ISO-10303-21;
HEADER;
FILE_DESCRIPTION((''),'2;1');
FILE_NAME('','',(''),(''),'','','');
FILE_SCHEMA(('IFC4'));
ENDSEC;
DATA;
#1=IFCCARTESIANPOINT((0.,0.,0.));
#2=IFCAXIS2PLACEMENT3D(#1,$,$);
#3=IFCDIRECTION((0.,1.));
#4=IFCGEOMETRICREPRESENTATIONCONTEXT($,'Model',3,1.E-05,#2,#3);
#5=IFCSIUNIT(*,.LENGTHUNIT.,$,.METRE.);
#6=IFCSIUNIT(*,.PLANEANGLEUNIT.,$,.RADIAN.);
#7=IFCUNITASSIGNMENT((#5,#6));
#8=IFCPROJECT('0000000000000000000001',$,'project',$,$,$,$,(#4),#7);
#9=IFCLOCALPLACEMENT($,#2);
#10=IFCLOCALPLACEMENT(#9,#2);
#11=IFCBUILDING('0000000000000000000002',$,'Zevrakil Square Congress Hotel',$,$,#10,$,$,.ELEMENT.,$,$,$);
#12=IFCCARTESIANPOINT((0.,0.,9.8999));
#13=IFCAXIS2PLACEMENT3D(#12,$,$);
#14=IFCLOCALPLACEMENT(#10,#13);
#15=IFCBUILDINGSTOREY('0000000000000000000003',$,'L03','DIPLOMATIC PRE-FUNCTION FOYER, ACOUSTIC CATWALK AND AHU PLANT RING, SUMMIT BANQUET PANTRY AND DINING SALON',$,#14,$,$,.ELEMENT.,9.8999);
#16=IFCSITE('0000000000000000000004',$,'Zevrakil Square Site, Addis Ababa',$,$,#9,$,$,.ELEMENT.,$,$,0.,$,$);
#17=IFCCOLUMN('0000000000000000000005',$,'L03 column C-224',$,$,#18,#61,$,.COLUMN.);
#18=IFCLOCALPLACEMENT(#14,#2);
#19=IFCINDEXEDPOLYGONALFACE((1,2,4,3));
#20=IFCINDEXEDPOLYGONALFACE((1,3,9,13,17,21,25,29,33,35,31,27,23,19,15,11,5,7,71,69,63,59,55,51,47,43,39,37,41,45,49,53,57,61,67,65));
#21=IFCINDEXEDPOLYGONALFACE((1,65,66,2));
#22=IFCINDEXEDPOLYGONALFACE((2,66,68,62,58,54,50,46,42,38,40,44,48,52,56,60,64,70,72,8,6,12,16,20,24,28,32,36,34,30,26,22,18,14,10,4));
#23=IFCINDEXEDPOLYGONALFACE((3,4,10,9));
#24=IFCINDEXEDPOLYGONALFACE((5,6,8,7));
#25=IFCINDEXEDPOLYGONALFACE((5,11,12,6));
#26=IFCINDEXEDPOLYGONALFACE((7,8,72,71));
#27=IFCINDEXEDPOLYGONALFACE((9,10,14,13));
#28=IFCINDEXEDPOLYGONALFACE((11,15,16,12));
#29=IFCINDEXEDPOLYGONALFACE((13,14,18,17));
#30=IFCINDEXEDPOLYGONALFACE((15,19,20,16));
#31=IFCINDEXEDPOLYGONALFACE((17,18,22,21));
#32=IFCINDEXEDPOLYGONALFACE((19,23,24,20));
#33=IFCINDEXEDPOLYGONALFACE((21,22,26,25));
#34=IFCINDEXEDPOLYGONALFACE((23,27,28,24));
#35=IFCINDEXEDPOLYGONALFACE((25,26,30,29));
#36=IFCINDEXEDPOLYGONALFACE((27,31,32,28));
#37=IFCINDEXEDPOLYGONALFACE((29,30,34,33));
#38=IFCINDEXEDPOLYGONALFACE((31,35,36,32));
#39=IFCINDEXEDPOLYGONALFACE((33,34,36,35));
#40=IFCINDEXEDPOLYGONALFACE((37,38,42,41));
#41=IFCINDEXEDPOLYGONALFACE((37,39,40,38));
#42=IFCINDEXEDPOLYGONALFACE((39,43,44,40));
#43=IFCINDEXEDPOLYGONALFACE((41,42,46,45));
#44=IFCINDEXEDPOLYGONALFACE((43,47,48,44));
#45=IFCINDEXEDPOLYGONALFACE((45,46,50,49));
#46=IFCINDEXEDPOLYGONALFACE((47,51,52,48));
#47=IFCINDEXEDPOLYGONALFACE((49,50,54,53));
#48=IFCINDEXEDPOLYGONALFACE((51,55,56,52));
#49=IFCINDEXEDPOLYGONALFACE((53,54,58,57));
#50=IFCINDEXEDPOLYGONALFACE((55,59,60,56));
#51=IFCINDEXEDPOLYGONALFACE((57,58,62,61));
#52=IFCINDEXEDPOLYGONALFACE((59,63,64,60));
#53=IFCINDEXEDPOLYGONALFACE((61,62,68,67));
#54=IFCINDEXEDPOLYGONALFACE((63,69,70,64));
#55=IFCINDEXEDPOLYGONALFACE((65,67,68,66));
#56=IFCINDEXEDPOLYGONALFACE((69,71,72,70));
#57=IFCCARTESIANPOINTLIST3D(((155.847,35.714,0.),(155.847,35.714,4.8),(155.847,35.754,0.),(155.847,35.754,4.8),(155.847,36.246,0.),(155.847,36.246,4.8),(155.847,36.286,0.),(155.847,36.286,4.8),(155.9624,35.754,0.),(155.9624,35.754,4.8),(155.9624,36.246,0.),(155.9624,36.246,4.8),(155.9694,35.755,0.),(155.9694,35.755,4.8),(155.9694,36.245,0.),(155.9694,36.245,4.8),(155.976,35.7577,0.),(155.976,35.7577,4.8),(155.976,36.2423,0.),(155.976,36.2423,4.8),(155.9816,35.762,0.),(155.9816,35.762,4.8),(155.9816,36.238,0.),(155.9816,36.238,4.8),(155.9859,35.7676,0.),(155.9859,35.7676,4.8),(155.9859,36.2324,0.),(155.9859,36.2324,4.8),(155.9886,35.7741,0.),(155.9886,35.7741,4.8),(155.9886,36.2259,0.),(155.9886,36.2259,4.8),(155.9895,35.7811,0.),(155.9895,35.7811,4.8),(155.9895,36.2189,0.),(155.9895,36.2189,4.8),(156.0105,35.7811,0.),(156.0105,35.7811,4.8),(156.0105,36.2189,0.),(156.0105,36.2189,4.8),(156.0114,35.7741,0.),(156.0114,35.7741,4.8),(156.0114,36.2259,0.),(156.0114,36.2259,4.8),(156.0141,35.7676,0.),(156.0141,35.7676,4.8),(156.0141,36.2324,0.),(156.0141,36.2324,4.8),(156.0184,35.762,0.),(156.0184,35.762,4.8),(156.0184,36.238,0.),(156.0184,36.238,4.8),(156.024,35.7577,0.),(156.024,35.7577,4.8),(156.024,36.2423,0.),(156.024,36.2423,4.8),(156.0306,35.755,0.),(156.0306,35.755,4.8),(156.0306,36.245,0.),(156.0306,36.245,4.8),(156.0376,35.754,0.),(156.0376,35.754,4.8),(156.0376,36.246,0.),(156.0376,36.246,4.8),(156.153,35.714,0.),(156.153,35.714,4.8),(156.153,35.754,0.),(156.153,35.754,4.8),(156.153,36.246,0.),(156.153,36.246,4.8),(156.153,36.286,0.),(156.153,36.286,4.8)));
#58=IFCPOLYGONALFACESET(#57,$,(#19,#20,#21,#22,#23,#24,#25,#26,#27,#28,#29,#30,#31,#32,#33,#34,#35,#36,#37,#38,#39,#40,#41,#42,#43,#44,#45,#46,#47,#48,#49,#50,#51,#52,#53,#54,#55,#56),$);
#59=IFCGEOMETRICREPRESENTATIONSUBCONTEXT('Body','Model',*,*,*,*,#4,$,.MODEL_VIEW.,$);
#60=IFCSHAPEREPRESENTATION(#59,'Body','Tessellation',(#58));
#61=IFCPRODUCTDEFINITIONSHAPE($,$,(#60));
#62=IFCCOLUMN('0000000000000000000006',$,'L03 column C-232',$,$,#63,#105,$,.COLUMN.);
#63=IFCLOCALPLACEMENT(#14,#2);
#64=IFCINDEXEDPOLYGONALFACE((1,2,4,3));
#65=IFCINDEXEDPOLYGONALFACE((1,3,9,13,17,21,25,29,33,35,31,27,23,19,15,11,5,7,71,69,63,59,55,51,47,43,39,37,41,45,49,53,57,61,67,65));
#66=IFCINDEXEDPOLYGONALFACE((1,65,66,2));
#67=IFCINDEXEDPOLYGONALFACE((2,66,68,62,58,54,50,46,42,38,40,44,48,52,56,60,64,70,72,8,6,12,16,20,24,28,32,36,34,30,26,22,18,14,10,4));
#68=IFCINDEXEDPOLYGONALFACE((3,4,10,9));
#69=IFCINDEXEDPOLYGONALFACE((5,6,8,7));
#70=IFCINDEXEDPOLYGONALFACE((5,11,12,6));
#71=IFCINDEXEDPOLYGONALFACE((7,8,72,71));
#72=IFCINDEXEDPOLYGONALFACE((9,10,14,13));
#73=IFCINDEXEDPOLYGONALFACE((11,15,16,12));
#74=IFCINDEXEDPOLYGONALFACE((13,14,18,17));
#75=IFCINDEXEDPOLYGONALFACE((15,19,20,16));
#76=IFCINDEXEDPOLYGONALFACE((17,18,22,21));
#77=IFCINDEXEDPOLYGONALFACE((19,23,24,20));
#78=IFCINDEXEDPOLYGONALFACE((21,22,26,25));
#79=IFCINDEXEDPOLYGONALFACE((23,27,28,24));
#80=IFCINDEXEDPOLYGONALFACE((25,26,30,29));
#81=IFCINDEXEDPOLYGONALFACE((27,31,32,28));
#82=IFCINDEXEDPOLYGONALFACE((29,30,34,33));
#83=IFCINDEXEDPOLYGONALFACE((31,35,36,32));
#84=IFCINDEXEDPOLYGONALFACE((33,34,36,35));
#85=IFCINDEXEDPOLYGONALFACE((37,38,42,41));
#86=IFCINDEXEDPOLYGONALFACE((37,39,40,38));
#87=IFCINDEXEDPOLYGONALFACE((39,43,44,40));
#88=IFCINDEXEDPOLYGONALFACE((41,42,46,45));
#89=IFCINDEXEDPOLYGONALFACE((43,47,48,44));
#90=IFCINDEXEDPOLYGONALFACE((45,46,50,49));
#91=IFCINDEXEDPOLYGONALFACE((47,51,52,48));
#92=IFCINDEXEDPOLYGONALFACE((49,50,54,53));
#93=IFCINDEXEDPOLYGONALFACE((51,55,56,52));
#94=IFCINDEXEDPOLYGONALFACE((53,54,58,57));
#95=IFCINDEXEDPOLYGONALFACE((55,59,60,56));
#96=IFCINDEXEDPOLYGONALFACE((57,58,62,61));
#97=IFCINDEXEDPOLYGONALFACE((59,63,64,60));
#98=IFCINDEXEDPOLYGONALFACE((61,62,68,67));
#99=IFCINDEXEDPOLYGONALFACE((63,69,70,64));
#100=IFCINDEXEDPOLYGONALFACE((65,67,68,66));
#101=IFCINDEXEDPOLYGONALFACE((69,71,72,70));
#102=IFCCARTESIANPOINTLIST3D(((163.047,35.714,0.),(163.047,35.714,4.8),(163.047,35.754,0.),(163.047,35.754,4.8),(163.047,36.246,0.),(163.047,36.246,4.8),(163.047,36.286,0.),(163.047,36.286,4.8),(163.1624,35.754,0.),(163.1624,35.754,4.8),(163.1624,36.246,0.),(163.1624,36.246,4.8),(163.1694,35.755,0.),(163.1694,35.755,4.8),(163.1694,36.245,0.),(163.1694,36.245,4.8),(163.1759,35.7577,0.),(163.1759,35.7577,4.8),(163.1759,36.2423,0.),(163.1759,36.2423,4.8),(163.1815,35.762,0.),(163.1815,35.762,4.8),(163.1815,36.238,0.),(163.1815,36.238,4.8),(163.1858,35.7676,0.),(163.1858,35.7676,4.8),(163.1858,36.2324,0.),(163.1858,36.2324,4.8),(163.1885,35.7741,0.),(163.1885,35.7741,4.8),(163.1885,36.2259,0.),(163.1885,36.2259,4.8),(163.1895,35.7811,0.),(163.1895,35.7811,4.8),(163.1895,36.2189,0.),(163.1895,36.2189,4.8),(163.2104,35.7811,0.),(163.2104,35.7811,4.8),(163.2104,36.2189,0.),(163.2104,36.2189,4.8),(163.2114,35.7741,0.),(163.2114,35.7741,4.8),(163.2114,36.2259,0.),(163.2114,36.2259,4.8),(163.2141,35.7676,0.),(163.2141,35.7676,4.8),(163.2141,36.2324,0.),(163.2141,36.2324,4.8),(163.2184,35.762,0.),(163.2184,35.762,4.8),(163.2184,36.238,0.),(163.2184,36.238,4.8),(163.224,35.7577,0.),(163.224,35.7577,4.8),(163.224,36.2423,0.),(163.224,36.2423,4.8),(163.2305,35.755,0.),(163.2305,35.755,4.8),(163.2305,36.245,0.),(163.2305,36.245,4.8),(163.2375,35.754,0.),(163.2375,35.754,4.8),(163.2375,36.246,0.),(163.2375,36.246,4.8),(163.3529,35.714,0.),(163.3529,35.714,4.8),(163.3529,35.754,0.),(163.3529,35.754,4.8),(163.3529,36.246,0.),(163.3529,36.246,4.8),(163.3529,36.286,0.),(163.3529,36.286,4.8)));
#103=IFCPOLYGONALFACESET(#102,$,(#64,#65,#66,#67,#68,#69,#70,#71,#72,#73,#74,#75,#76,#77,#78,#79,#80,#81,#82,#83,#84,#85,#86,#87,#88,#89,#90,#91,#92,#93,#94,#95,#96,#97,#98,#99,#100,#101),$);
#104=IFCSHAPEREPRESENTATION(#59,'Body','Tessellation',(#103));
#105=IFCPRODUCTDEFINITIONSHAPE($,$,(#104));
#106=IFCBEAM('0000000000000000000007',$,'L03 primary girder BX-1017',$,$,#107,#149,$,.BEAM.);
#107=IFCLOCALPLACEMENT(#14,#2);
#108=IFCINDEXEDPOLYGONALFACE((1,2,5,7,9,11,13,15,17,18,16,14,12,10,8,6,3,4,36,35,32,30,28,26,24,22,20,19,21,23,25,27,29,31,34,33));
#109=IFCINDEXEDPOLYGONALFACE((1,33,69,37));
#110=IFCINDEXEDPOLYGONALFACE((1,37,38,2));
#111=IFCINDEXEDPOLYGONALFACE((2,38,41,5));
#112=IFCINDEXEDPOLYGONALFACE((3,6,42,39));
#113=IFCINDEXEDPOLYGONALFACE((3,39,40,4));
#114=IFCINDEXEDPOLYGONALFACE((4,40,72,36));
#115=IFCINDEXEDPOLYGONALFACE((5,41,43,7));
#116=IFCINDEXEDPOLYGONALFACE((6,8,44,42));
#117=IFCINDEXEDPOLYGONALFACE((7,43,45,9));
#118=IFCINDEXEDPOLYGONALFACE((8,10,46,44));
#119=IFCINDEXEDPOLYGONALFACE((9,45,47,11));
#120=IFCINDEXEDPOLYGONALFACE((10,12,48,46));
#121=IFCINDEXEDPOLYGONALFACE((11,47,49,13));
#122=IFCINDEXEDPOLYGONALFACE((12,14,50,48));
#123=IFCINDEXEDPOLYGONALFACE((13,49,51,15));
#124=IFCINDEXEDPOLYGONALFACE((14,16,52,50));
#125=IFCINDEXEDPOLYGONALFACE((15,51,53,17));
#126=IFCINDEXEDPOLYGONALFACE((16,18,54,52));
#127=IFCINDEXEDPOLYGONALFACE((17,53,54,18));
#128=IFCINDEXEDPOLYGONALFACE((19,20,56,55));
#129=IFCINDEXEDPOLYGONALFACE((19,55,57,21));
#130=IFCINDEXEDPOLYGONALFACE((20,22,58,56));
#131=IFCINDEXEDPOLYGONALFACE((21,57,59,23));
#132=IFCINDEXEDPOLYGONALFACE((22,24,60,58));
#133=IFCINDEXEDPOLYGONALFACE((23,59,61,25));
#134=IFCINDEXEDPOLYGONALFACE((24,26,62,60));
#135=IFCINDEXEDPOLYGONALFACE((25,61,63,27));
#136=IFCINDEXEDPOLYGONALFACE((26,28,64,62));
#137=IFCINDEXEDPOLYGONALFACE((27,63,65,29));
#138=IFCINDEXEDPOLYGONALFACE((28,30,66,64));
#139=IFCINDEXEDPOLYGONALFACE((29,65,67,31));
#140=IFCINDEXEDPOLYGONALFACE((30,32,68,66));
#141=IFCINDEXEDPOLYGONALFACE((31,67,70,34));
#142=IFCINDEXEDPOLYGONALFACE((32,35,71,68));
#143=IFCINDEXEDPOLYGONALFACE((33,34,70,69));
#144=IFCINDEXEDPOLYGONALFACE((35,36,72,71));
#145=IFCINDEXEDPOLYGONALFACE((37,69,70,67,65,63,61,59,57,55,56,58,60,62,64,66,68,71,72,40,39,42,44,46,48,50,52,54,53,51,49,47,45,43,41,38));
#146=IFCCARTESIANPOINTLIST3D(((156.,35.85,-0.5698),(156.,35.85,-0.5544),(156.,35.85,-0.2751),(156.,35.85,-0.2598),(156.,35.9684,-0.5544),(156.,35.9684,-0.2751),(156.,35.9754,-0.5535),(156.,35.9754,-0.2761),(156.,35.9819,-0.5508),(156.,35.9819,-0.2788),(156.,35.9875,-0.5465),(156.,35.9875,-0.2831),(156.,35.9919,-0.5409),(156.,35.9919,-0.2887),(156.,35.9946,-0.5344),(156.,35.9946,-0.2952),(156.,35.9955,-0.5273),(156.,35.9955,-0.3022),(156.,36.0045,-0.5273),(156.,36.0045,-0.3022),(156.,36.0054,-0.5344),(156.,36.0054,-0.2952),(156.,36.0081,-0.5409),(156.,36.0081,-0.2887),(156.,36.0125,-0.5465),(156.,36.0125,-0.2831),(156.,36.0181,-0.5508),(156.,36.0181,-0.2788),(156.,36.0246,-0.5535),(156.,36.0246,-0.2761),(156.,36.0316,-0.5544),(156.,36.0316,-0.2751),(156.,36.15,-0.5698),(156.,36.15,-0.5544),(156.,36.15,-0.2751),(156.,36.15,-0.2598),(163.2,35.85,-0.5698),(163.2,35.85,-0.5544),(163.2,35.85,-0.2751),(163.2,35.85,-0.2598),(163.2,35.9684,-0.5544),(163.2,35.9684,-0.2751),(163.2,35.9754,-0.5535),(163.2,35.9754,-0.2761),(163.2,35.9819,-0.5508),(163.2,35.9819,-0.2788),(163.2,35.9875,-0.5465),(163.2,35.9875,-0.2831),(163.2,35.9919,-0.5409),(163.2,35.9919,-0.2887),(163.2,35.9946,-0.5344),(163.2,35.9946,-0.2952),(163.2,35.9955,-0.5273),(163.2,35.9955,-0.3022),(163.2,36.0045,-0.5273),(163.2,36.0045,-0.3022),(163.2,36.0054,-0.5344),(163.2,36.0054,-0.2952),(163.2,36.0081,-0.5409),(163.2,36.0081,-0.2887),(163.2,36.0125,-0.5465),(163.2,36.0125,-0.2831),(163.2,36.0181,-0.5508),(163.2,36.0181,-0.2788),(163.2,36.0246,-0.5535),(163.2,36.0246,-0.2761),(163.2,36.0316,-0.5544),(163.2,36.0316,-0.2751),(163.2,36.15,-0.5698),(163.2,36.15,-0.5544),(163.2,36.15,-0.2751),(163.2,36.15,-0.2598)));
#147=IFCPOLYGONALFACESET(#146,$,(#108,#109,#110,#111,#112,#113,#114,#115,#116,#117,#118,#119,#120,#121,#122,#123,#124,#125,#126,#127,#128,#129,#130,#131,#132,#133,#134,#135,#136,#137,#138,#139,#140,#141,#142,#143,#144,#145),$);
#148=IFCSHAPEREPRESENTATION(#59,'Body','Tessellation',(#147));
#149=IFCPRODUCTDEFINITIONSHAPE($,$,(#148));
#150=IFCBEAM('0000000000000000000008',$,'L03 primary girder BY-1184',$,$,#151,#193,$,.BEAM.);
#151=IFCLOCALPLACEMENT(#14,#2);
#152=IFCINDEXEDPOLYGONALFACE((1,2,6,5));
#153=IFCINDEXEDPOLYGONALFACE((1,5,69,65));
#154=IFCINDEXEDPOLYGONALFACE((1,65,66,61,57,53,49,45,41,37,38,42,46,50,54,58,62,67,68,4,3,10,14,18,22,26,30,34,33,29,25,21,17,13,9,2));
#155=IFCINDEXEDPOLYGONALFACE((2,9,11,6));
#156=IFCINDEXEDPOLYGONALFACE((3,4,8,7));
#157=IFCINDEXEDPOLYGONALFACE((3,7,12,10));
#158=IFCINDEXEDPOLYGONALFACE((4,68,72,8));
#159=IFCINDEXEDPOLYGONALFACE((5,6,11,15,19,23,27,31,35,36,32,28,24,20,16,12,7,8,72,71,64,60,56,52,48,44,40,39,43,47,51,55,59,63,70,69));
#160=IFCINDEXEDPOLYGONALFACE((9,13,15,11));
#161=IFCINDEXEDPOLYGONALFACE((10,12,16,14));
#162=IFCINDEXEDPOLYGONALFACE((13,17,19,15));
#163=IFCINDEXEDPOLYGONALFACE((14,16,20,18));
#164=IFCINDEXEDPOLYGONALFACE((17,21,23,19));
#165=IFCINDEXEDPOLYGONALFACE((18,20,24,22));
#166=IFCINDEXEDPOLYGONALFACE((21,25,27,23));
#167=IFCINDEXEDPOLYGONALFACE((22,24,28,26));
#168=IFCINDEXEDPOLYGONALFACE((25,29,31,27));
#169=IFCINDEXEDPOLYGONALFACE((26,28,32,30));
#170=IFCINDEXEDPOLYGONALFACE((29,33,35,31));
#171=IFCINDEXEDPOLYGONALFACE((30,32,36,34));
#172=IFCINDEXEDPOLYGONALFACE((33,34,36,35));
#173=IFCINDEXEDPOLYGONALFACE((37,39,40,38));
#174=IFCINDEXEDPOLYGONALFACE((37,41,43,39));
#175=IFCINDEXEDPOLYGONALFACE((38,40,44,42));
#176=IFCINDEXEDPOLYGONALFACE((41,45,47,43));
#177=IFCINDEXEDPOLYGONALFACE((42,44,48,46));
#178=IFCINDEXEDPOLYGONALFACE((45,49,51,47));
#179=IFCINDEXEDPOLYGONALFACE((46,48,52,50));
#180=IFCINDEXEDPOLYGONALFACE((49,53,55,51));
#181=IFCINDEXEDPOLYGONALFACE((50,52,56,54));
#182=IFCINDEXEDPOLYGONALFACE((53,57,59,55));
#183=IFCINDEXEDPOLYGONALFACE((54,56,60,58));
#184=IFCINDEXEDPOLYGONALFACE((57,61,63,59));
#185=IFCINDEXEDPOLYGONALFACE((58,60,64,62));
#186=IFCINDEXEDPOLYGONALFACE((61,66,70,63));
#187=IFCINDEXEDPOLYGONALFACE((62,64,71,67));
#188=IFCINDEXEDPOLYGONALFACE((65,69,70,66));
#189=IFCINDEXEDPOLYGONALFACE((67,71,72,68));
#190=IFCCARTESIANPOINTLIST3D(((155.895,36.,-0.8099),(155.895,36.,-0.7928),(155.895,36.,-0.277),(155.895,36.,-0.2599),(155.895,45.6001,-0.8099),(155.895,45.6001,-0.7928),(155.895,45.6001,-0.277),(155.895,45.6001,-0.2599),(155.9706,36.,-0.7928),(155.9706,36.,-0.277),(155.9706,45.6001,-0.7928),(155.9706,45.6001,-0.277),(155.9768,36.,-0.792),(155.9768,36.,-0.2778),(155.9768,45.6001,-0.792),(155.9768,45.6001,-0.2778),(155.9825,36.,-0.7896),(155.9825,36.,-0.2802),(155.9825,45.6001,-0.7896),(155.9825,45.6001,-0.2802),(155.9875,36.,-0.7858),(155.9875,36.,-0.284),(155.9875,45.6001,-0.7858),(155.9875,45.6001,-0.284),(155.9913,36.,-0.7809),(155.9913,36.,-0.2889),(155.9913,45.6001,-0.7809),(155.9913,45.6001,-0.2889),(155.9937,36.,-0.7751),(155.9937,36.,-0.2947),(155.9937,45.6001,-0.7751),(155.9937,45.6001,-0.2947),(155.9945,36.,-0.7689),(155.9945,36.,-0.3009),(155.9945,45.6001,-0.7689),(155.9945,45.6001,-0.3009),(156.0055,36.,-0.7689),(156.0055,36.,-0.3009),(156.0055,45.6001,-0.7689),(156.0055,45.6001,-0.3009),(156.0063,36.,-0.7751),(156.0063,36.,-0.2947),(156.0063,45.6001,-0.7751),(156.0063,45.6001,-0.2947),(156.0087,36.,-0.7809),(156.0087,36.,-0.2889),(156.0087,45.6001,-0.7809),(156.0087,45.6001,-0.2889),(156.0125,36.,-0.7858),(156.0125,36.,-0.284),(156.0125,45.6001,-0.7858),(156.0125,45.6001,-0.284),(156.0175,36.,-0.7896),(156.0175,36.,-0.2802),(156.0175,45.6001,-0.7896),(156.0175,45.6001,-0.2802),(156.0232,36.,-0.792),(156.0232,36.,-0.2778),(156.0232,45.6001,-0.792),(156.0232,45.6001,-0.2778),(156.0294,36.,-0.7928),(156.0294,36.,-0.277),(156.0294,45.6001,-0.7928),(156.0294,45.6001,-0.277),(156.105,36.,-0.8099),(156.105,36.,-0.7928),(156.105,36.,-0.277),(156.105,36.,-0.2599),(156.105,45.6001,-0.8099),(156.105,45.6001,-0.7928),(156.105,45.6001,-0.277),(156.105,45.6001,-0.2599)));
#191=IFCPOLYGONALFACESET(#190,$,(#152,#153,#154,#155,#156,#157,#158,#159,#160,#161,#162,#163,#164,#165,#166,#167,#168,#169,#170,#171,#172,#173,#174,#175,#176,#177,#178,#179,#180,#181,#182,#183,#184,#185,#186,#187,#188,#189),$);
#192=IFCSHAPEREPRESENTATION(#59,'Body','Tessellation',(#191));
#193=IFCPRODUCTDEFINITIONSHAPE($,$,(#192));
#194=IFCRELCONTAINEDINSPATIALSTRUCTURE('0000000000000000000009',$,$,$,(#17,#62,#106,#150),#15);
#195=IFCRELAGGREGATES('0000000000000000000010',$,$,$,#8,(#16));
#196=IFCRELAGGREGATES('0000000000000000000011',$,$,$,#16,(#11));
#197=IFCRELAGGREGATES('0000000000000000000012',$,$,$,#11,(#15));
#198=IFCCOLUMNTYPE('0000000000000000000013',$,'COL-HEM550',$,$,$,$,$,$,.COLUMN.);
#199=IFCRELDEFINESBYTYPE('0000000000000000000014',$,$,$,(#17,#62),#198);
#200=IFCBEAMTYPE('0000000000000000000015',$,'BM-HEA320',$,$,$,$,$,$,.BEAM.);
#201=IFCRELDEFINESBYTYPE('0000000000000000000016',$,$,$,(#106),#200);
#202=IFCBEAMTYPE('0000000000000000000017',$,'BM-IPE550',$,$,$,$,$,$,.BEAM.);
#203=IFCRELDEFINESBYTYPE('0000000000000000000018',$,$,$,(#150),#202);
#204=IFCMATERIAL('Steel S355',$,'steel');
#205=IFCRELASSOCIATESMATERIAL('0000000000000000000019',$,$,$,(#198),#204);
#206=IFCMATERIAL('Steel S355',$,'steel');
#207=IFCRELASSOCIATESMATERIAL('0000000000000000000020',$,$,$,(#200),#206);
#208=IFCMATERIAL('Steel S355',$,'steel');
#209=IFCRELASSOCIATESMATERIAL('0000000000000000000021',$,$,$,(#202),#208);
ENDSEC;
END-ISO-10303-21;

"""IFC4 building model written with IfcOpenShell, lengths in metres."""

from ifc_helpers import new_model, si_unit, direction, frame, origin, origin_2d, place, context, subcontext, project, spatial, i_section, extrude, material, material_profile, profile_set, type_object, element, save


model = new_model("IFC4")

# Units and contexts
model_context = context("Model", 3, precision=1e-05, world=origin(), true_north=direction((0.0, 1.0)))
body_context = subcontext(model_context, "Body", "Model", "MODEL_VIEW")
ifc_project = project(units=[si_unit("LENGTHUNIT", "METRE"), si_unit("PLANEANGLEUNIT", "RADIAN")], contexts=[model_context])

# Site, building, storey
site_placement = place(None, origin())
site = spatial("IfcSite", under=ifc_project, at=site_placement, Name="Zevrakil Square Site, Addis Ababa", CompositionType="ELEMENT", RefElevation=0.0)
building_placement = place(site_placement, origin())
building = spatial("IfcBuilding", under=site, at=building_placement, Name="Zevrakil Square Congress Hotel", CompositionType="ELEMENT")
storey_placement = place(building_placement, frame((0.0, 0.0, 9.8999)))
storey = spatial("IfcBuildingStorey", under=building, at=storey_placement, Name="L03", Description="DIPLOMATIC PRE-FUNCTION FOYER, ACOUSTIC CATWALK AND AHU PLANT RING, SUMMIT BANQUET PANTRY AND DINING SALON", CompositionType="ELEMENT", Elevation=9.8999)

# Columns
ifc_material_1 = material(Name="Steel S355", Category="steel")
ifc_material_profile_1 = material_profile(ifc_material_1, i_section(OverallWidth=0.3059, OverallDepth=0.572, WebThickness=0.021, FlangeThickness=0.04, FilletRadius=0.0271, at=origin_2d()), Name="HEM 550")
ifc_profile_set_1 = profile_set([ifc_material_profile_1], Name="Steel S355")
column_type = type_object("IfcColumnType", Name="COL-HEM550", PredefinedType="COLUMN", material=ifc_profile_set_1)
for number, where, z_axis, x_axis, name in (
    (1, (156.0, 36.0, 0.0), (0.0, 0.0, 1.0), (1.0, 0.0, 0.0), "L03 column C-224"),
    (2, (163.2, 36.0, 0.0), (0.0, 0.0, 1.0), (1.0, 0.0, 0.0), "L03 column C-232"),
):
    element("IfcColumn", number, at=place(storey_placement, frame(where, z_axis=z_axis, x_axis=x_axis)), inside=storey, type_object=column_type, Name=name, PredefinedType="COLUMN", context=body_context, shape_type="SweptSolid", body=[
        extrude(i_section(OverallWidth=0.3059, OverallDepth=0.572, WebThickness=0.021, FlangeThickness=0.04, FilletRadius=0.0271, at=origin_2d()), origin(), (0.0, 0.0, 1.0), 4.8),
    ])

# Beams
ifc_material_2 = material(Name="Steel S355", Category="steel")
ifc_material_profile_2 = material_profile(ifc_material_2, i_section(OverallWidth=0.3, OverallDepth=0.3101, WebThickness=0.009, FlangeThickness=0.0154, FilletRadius=0.0271, at=origin_2d()), Name="HEA 320")
ifc_profile_set_2 = profile_set([ifc_material_profile_2], Name="Steel S355")
beam_type_1 = type_object("IfcBeamType", Name="BM-HEA320", PredefinedType="BEAM", material=ifc_profile_set_2)
beam_1_placement = place(storey_placement, frame((156.0, 36.0, -0.4148), z_axis=(1.0, 0.0, 0.0), x_axis=(0.0, 1.0, 0.0)))
element("IfcBeam", 3, at=beam_1_placement, inside=storey, type_object=beam_type_1, Name="L03 primary girder BX-1017", PredefinedType="BEAM", context=body_context, shape_type="SweptSolid", body=[
    extrude(i_section(OverallWidth=0.3, OverallDepth=0.3101, WebThickness=0.009, FlangeThickness=0.0154, FilletRadius=0.0271, at=origin_2d()), origin(), (0.0, 0.0, 1.0), 7.2),
])
ifc_material_3 = material(Name="Steel S355", Category="steel")
ifc_material_profile_3 = material_profile(ifc_material_3, i_section(OverallWidth=0.21, OverallDepth=0.55, WebThickness=0.011, FlangeThickness=0.0171, FilletRadius=0.0239, at=origin_2d()), Name="IPE 550")
ifc_profile_set_3 = profile_set([ifc_material_profile_3], Name="Steel S355")
beam_type_2 = type_object("IfcBeamType", Name="BM-IPE550", PredefinedType="BEAM", material=ifc_profile_set_3)
beam_2_placement = place(storey_placement, frame((156.0, 36.0, -0.5349), z_axis=(0.0, 1.0, 0.0), x_axis=(-1.0, 0.0, 0.0)))
element("IfcBeam", 4, at=beam_2_placement, inside=storey, type_object=beam_type_2, Name="L03 primary girder BY-1184", PredefinedType="BEAM", context=body_context, shape_type="SweptSolid", body=[
    extrude(i_section(OverallWidth=0.21, OverallDepth=0.55, WebThickness=0.011, FlangeThickness=0.0171, FilletRadius=0.0239, at=origin_2d()), origin(), (0.0, 0.0, 1.0), 9.6001),
])

save(model, "model.ifc")
